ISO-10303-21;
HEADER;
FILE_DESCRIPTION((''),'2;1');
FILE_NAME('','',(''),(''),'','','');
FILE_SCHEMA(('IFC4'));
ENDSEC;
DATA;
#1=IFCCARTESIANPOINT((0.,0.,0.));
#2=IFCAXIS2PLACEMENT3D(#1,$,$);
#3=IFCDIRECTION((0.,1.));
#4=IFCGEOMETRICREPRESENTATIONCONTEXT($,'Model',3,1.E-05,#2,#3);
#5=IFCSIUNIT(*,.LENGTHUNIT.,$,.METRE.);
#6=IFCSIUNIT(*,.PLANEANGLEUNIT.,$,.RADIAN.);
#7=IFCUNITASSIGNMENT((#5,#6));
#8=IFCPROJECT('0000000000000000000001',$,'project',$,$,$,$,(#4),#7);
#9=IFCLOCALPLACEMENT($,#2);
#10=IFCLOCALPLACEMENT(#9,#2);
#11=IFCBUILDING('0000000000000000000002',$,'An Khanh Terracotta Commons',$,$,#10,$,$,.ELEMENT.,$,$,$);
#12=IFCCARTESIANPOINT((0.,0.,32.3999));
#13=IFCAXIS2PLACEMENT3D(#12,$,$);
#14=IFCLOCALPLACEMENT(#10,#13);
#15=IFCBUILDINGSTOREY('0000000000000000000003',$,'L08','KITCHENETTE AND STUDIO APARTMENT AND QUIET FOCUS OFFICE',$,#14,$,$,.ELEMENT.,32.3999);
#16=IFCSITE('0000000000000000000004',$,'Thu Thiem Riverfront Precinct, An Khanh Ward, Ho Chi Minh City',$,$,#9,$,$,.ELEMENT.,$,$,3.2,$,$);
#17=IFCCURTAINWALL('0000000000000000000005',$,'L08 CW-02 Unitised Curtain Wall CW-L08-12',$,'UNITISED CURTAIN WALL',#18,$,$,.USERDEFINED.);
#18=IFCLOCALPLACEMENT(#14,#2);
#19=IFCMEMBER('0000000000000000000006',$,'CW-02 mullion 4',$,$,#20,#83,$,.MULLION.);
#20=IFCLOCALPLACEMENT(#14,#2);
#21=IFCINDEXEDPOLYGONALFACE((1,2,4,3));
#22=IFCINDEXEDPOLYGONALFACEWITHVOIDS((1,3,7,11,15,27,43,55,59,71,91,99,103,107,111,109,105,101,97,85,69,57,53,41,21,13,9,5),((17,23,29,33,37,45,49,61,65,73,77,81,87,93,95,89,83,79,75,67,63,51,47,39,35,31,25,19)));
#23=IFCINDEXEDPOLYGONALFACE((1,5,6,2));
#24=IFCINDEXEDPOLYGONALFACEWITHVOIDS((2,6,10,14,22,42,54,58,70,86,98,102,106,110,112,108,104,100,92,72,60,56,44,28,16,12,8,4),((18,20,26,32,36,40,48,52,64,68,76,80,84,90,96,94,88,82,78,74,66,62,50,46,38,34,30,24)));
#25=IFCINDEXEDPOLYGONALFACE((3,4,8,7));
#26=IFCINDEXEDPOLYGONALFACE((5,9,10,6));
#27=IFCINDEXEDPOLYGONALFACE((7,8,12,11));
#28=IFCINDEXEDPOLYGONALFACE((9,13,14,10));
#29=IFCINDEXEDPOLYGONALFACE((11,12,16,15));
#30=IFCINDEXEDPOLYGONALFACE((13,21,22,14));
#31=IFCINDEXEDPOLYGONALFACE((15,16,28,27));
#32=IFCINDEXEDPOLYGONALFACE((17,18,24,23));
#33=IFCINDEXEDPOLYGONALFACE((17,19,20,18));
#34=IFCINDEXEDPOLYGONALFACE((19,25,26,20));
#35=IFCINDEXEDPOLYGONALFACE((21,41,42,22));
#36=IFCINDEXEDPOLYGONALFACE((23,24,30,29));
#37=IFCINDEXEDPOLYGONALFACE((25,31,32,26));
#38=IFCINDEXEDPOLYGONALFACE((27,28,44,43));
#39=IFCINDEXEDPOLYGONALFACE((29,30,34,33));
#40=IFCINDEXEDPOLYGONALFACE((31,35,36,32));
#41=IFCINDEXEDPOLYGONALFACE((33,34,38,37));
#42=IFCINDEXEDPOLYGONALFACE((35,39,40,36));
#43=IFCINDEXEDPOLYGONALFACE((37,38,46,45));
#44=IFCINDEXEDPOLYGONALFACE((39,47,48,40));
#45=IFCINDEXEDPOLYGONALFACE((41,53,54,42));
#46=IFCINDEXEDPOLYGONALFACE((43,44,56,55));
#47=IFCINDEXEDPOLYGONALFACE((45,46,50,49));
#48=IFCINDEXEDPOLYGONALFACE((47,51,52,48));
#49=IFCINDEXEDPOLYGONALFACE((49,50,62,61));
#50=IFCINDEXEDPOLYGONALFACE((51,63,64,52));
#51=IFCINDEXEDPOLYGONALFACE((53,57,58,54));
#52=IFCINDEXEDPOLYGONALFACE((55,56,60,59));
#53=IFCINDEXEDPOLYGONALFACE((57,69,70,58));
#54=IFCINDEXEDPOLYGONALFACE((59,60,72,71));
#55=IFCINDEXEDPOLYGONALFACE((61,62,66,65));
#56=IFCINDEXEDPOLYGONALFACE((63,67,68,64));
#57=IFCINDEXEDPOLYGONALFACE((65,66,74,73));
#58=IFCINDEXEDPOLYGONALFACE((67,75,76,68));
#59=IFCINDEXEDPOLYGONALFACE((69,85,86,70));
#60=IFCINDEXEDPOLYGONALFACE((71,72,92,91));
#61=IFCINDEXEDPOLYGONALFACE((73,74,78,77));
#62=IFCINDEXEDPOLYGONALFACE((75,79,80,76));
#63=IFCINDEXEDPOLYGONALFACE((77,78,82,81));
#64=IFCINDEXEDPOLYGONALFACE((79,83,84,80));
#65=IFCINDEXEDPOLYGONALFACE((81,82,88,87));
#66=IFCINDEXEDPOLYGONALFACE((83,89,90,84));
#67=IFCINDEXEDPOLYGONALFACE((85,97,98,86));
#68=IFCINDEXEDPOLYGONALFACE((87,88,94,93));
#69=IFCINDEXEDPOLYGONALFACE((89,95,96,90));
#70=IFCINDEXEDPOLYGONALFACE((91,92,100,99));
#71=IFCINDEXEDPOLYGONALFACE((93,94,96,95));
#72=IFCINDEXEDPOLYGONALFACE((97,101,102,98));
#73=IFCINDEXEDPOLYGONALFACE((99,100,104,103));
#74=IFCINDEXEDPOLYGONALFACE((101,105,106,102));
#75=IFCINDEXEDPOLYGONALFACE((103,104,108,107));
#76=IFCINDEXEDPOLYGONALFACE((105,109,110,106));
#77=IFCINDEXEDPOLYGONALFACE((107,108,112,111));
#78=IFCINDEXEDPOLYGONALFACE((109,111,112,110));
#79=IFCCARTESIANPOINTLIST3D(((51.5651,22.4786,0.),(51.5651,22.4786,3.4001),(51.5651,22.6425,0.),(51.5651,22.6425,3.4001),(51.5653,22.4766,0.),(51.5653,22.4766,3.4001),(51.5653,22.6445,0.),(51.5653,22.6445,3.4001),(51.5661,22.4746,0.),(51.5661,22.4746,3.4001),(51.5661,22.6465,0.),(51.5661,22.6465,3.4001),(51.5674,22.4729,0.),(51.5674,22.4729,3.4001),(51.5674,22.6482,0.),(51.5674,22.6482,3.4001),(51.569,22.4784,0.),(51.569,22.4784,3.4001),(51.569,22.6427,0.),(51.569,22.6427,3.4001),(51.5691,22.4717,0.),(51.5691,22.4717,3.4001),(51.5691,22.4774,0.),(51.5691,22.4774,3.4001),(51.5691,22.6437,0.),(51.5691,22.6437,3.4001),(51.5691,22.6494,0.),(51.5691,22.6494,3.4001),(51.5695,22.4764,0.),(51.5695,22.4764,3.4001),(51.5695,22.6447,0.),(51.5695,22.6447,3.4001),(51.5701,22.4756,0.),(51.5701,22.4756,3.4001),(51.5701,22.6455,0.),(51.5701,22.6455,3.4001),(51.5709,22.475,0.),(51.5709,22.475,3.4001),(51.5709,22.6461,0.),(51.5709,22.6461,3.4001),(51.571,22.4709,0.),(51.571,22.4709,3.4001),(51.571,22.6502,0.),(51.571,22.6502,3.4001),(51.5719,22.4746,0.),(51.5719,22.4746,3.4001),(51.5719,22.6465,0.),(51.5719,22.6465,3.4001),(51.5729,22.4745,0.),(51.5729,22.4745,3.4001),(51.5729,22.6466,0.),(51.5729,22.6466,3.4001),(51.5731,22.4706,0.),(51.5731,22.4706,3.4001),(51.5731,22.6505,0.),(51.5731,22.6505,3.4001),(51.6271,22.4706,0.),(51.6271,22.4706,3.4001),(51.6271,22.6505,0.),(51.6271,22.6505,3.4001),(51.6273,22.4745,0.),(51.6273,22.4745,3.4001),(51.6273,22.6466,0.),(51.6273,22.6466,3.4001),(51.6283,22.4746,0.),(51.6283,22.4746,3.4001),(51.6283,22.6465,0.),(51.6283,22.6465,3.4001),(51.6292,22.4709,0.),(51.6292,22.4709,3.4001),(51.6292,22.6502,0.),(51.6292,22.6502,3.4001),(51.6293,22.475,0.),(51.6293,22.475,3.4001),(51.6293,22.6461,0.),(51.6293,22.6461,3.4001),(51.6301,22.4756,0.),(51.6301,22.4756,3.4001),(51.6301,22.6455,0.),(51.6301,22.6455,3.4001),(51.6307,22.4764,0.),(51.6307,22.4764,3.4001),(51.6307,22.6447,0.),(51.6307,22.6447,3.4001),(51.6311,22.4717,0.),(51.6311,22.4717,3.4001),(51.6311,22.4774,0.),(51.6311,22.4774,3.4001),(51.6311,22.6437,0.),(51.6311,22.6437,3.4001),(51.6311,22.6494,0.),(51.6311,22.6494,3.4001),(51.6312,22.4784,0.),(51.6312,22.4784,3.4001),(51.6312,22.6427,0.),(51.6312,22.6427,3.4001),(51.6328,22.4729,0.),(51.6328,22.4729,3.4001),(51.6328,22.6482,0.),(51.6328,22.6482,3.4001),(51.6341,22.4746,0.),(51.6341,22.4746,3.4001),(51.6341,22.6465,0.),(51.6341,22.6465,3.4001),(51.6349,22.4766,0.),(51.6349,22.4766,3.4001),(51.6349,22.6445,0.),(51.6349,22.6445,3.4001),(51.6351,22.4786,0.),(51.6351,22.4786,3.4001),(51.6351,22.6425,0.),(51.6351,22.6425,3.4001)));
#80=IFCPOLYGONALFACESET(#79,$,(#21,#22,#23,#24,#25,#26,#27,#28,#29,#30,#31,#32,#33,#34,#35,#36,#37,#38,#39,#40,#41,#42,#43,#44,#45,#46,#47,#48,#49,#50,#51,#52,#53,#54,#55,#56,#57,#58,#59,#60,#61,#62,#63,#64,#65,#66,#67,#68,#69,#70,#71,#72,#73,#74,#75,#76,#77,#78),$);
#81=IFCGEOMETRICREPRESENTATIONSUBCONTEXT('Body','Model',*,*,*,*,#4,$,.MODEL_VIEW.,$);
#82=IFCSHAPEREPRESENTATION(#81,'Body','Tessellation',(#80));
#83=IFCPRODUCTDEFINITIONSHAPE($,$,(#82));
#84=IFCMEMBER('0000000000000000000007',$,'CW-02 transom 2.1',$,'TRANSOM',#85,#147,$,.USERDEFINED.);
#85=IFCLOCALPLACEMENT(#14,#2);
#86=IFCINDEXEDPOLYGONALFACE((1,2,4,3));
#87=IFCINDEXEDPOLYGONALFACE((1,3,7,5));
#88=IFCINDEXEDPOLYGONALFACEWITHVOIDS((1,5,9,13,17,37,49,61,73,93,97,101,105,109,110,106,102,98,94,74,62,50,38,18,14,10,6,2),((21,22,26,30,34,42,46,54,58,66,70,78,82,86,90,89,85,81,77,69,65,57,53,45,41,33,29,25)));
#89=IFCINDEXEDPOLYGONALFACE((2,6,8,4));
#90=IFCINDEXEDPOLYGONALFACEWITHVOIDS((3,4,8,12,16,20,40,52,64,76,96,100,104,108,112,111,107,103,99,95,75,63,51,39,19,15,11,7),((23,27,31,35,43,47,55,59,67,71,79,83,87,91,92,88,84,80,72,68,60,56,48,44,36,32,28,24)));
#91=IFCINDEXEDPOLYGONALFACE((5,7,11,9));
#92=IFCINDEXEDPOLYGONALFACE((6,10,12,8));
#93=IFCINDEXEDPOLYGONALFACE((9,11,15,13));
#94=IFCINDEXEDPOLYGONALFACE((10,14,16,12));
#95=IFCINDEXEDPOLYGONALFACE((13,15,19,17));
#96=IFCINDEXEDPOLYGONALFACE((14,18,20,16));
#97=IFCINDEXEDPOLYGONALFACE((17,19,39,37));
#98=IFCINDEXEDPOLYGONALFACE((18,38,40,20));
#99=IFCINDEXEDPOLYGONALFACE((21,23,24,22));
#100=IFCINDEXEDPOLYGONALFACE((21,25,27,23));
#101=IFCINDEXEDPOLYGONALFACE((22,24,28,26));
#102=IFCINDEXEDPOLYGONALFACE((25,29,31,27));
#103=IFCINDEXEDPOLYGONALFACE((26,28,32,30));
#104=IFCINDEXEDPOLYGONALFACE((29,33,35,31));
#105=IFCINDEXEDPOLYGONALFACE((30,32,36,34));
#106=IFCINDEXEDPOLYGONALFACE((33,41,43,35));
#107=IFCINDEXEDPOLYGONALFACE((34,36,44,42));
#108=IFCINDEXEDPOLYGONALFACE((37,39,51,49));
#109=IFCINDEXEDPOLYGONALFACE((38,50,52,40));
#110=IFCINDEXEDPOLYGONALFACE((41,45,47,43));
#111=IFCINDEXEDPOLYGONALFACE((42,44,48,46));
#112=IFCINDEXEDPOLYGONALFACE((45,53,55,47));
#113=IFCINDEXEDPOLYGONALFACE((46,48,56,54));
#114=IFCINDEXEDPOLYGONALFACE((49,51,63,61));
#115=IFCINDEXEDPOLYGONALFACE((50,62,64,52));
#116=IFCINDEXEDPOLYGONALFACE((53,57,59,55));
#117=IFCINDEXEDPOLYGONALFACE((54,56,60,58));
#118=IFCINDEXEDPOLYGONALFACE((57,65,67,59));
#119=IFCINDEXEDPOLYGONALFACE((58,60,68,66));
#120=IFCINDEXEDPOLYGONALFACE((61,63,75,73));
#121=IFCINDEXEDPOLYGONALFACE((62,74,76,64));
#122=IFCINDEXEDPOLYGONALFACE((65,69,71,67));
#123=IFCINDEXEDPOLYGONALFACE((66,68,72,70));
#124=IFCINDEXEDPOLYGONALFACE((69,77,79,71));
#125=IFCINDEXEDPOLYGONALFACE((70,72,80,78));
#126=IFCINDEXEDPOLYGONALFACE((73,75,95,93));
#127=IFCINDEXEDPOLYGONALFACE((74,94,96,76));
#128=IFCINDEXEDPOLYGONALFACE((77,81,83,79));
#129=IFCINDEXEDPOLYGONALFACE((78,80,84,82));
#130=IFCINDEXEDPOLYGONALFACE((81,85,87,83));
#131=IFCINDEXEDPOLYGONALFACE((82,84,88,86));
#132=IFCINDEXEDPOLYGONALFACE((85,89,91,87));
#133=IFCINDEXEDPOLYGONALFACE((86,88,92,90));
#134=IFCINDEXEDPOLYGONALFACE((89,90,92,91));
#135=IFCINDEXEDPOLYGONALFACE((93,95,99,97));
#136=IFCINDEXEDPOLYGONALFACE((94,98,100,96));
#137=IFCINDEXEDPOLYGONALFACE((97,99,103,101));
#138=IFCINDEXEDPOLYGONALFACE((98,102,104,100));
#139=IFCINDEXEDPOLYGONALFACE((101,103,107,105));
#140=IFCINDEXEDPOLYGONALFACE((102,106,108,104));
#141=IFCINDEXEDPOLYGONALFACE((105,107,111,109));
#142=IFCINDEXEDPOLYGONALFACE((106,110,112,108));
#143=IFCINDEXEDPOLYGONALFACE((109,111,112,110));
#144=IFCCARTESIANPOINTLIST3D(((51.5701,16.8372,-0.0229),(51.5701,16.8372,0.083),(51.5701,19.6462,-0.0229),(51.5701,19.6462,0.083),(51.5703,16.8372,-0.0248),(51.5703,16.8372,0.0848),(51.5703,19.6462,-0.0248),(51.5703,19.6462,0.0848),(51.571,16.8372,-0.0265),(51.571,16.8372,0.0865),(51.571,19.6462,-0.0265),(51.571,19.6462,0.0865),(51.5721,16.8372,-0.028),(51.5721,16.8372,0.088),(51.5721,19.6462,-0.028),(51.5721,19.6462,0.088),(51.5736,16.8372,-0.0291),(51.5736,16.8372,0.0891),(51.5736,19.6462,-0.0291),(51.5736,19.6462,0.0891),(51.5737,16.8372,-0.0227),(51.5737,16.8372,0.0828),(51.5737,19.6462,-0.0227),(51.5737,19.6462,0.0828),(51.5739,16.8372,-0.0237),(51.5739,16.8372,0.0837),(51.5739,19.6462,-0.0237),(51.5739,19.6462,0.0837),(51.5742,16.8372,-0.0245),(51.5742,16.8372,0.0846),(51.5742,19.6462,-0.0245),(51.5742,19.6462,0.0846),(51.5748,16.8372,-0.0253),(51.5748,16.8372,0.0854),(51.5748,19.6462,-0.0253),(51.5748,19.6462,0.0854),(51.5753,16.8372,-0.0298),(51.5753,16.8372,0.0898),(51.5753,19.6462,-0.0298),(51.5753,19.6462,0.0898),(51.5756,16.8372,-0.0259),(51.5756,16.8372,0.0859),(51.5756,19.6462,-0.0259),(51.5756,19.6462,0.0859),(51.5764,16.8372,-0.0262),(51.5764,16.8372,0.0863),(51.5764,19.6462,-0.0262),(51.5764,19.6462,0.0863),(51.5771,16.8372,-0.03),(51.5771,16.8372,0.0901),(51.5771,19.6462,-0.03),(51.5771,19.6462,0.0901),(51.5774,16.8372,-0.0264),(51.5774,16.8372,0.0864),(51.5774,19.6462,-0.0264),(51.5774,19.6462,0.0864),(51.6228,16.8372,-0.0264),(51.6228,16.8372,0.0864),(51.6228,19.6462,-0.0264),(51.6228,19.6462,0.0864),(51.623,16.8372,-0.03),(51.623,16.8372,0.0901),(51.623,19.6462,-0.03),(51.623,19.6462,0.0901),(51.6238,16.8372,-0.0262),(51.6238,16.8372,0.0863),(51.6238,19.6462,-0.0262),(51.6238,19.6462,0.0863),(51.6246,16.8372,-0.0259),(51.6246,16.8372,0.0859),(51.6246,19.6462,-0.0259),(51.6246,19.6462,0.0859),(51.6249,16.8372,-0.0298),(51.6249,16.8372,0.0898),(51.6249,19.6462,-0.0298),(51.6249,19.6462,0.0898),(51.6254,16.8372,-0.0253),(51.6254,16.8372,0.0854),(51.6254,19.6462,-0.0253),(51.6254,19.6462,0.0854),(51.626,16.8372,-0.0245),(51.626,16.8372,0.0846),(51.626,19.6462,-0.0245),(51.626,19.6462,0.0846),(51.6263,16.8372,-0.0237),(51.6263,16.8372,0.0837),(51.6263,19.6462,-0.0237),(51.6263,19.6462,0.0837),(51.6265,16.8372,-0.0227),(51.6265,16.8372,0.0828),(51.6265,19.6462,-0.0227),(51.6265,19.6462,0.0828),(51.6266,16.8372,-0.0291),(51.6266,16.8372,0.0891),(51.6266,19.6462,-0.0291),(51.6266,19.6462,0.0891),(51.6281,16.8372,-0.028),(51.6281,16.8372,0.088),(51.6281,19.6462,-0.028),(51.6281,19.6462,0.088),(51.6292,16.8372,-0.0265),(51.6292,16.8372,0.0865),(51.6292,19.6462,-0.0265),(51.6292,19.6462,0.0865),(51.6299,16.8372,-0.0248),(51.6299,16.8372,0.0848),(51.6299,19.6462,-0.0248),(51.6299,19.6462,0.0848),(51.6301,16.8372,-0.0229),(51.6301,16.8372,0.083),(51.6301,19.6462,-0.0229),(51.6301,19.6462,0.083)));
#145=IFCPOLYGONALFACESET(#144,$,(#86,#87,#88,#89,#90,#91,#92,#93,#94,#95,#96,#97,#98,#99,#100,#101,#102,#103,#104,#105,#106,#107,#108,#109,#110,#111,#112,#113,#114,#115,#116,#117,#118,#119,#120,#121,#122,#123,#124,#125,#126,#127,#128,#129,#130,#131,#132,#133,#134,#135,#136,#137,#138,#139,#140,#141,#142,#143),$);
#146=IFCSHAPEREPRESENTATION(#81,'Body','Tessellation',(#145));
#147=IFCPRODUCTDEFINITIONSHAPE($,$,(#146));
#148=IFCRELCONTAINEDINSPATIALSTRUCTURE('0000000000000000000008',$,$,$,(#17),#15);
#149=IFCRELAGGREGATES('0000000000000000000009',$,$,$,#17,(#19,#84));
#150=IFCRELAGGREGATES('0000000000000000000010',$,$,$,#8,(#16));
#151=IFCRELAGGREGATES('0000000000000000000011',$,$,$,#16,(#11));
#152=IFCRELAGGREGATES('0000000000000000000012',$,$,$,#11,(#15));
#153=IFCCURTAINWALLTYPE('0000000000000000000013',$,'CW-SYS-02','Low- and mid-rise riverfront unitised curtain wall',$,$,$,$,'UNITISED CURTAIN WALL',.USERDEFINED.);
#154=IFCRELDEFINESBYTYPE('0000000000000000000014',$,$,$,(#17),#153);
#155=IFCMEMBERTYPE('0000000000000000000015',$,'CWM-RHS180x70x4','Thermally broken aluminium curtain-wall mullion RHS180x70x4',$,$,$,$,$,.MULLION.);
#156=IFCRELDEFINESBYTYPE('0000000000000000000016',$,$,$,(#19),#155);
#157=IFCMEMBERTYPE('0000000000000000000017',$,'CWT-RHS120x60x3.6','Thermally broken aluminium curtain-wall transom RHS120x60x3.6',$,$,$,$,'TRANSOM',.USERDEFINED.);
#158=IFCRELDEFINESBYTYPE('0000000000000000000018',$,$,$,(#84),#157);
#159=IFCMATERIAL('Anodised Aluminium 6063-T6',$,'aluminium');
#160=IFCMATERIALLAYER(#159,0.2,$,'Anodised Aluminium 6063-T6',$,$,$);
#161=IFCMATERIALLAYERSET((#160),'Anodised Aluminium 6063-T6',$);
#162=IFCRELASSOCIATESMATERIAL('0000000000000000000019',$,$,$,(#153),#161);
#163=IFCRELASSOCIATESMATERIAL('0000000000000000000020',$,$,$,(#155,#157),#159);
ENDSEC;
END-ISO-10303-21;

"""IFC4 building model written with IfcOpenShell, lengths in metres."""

from ifc_helpers import new_model, si_unit, direction, frame, origin, origin_2d, place, context, subcontext, project, spatial, hollow_rectangle, extrude, material, layer, layer_set, material_profile, profile_set, type_object, element, aggregate, save


model = new_model("IFC4")

# Units and contexts
model_context = context("Model", 3, precision=1e-05, world=origin(), true_north=direction((0.0, 1.0)))
body_context = subcontext(model_context, "Body", "Model", "MODEL_VIEW")
ifc_project = project(units=[si_unit("LENGTHUNIT", "METRE"), si_unit("PLANEANGLEUNIT", "RADIAN")], contexts=[model_context])

# Site, building, storey
site_placement = place(None, origin())
site = spatial("IfcSite", under=ifc_project, at=site_placement, Name="Thu Thiem Riverfront Precinct, An Khanh Ward, Ho Chi Minh City", CompositionType="ELEMENT", RefElevation=3.2)
building_placement = place(site_placement, origin())
building = spatial("IfcBuilding", under=site, at=building_placement, Name="An Khanh Terracotta Commons", CompositionType="ELEMENT")
storey_placement = place(building_placement, frame((0.0, 0.0, 32.3999)))
storey = spatial("IfcBuildingStorey", under=building, at=storey_placement, Name="L08", Description="KITCHENETTE AND STUDIO APARTMENT AND QUIET FOCUS OFFICE", CompositionType="ELEMENT", Elevation=32.3999)

# Curtain wall, members
ifc_material_1 = material(Name="Anodised Aluminium 6063-T6", Category="aluminium")
ifc_layer_1 = layer(ifc_material_1, 0.2, Name="Anodised Aluminium 6063-T6")
ifc_layer_set_1 = layer_set([ifc_layer_1], Name="Anodised Aluminium 6063-T6")
curtain_wall_type = type_object("IfcCurtainWallType", Name="CW-SYS-02", Description="Low- and mid-rise riverfront unitised curtain wall", ElementType="UNITISED CURTAIN WALL", PredefinedType="USERDEFINED", material=ifc_layer_set_1)
curtain_wall_placement = place(storey_placement, origin())
curtain_wall = element("IfcCurtainWall", 1, at=curtain_wall_placement, inside=storey, type_object=curtain_wall_type, Name="L08 CW-02 Unitised Curtain Wall CW-L08-12", ObjectType="UNITISED CURTAIN WALL", PredefinedType="USERDEFINED")
ifc_material_profile_1 = material_profile(ifc_material_1, hollow_rectangle(XDim=0.0701, YDim=0.1799, WallThickness=0.0039, InnerFilletRadius=0.0039, OuterFilletRadius=0.0081, at=origin_2d()), Name="RHS180x70x4")
ifc_profile_set_1 = profile_set([ifc_material_profile_1], Name="Anodised Aluminium 6063-T6")
member_type_1 = type_object("IfcMemberType", Name="CWM-RHS180x70x4", Description="Thermally broken aluminium curtain-wall mullion RHS180x70x4", PredefinedType="MULLION", material=ifc_profile_set_1)
member_1_placement = place(storey_placement, frame((51.6001, 22.5605, 0.0), z_axis=(0.0, 0.0, 1.0), x_axis=(-1.0, 0.0, 0.0)))
member_1 = element("IfcMember", 2, at=member_1_placement, type_object=member_type_1, Name="CW-02 mullion 4", PredefinedType="MULLION", context=body_context, shape_type="SweptSolid", body=[
    extrude(hollow_rectangle(XDim=0.0701, YDim=0.1799, WallThickness=0.0039, InnerFilletRadius=0.0039, OuterFilletRadius=0.0081, at=origin_2d()), origin(), (0.0, 0.0, 1.0), 3.4001),
])
ifc_material_profile_2 = material_profile(ifc_material_1, hollow_rectangle(XDim=0.0601, YDim=0.1201, WallThickness=0.0037, InnerFilletRadius=0.0037, OuterFilletRadius=0.0071, at=origin_2d()), Name="RHS120x60x3.6")
ifc_profile_set_2 = profile_set([ifc_material_profile_2], Name="Anodised Aluminium 6063-T6")
member_type_2 = type_object("IfcMemberType", Name="CWT-RHS120x60x3.6", Description="Thermally broken aluminium curtain-wall transom RHS120x60x3.6", ElementType="TRANSOM", PredefinedType="USERDEFINED", material=ifc_profile_set_2)
member_2_placement = place(storey_placement, frame((51.6001, 16.8372, 0.03), z_axis=(0.0, 1.0, 0.0), x_axis=(-1.0, 0.0, 0.0)))
member_2 = element("IfcMember", 3, at=member_2_placement, type_object=member_type_2, Name="CW-02 transom 2.1", ObjectType="TRANSOM", PredefinedType="USERDEFINED", context=body_context, shape_type="SweptSolid", body=[
    extrude(hollow_rectangle(XDim=0.0601, YDim=0.1201, WallThickness=0.0037, InnerFilletRadius=0.0037, OuterFilletRadius=0.0071, at=origin_2d()), origin(), (0.0, 0.0, 1.0), 2.8091),
])
aggregate(curtain_wall, [member_1, member_2])

save(model, "model.ifc")
